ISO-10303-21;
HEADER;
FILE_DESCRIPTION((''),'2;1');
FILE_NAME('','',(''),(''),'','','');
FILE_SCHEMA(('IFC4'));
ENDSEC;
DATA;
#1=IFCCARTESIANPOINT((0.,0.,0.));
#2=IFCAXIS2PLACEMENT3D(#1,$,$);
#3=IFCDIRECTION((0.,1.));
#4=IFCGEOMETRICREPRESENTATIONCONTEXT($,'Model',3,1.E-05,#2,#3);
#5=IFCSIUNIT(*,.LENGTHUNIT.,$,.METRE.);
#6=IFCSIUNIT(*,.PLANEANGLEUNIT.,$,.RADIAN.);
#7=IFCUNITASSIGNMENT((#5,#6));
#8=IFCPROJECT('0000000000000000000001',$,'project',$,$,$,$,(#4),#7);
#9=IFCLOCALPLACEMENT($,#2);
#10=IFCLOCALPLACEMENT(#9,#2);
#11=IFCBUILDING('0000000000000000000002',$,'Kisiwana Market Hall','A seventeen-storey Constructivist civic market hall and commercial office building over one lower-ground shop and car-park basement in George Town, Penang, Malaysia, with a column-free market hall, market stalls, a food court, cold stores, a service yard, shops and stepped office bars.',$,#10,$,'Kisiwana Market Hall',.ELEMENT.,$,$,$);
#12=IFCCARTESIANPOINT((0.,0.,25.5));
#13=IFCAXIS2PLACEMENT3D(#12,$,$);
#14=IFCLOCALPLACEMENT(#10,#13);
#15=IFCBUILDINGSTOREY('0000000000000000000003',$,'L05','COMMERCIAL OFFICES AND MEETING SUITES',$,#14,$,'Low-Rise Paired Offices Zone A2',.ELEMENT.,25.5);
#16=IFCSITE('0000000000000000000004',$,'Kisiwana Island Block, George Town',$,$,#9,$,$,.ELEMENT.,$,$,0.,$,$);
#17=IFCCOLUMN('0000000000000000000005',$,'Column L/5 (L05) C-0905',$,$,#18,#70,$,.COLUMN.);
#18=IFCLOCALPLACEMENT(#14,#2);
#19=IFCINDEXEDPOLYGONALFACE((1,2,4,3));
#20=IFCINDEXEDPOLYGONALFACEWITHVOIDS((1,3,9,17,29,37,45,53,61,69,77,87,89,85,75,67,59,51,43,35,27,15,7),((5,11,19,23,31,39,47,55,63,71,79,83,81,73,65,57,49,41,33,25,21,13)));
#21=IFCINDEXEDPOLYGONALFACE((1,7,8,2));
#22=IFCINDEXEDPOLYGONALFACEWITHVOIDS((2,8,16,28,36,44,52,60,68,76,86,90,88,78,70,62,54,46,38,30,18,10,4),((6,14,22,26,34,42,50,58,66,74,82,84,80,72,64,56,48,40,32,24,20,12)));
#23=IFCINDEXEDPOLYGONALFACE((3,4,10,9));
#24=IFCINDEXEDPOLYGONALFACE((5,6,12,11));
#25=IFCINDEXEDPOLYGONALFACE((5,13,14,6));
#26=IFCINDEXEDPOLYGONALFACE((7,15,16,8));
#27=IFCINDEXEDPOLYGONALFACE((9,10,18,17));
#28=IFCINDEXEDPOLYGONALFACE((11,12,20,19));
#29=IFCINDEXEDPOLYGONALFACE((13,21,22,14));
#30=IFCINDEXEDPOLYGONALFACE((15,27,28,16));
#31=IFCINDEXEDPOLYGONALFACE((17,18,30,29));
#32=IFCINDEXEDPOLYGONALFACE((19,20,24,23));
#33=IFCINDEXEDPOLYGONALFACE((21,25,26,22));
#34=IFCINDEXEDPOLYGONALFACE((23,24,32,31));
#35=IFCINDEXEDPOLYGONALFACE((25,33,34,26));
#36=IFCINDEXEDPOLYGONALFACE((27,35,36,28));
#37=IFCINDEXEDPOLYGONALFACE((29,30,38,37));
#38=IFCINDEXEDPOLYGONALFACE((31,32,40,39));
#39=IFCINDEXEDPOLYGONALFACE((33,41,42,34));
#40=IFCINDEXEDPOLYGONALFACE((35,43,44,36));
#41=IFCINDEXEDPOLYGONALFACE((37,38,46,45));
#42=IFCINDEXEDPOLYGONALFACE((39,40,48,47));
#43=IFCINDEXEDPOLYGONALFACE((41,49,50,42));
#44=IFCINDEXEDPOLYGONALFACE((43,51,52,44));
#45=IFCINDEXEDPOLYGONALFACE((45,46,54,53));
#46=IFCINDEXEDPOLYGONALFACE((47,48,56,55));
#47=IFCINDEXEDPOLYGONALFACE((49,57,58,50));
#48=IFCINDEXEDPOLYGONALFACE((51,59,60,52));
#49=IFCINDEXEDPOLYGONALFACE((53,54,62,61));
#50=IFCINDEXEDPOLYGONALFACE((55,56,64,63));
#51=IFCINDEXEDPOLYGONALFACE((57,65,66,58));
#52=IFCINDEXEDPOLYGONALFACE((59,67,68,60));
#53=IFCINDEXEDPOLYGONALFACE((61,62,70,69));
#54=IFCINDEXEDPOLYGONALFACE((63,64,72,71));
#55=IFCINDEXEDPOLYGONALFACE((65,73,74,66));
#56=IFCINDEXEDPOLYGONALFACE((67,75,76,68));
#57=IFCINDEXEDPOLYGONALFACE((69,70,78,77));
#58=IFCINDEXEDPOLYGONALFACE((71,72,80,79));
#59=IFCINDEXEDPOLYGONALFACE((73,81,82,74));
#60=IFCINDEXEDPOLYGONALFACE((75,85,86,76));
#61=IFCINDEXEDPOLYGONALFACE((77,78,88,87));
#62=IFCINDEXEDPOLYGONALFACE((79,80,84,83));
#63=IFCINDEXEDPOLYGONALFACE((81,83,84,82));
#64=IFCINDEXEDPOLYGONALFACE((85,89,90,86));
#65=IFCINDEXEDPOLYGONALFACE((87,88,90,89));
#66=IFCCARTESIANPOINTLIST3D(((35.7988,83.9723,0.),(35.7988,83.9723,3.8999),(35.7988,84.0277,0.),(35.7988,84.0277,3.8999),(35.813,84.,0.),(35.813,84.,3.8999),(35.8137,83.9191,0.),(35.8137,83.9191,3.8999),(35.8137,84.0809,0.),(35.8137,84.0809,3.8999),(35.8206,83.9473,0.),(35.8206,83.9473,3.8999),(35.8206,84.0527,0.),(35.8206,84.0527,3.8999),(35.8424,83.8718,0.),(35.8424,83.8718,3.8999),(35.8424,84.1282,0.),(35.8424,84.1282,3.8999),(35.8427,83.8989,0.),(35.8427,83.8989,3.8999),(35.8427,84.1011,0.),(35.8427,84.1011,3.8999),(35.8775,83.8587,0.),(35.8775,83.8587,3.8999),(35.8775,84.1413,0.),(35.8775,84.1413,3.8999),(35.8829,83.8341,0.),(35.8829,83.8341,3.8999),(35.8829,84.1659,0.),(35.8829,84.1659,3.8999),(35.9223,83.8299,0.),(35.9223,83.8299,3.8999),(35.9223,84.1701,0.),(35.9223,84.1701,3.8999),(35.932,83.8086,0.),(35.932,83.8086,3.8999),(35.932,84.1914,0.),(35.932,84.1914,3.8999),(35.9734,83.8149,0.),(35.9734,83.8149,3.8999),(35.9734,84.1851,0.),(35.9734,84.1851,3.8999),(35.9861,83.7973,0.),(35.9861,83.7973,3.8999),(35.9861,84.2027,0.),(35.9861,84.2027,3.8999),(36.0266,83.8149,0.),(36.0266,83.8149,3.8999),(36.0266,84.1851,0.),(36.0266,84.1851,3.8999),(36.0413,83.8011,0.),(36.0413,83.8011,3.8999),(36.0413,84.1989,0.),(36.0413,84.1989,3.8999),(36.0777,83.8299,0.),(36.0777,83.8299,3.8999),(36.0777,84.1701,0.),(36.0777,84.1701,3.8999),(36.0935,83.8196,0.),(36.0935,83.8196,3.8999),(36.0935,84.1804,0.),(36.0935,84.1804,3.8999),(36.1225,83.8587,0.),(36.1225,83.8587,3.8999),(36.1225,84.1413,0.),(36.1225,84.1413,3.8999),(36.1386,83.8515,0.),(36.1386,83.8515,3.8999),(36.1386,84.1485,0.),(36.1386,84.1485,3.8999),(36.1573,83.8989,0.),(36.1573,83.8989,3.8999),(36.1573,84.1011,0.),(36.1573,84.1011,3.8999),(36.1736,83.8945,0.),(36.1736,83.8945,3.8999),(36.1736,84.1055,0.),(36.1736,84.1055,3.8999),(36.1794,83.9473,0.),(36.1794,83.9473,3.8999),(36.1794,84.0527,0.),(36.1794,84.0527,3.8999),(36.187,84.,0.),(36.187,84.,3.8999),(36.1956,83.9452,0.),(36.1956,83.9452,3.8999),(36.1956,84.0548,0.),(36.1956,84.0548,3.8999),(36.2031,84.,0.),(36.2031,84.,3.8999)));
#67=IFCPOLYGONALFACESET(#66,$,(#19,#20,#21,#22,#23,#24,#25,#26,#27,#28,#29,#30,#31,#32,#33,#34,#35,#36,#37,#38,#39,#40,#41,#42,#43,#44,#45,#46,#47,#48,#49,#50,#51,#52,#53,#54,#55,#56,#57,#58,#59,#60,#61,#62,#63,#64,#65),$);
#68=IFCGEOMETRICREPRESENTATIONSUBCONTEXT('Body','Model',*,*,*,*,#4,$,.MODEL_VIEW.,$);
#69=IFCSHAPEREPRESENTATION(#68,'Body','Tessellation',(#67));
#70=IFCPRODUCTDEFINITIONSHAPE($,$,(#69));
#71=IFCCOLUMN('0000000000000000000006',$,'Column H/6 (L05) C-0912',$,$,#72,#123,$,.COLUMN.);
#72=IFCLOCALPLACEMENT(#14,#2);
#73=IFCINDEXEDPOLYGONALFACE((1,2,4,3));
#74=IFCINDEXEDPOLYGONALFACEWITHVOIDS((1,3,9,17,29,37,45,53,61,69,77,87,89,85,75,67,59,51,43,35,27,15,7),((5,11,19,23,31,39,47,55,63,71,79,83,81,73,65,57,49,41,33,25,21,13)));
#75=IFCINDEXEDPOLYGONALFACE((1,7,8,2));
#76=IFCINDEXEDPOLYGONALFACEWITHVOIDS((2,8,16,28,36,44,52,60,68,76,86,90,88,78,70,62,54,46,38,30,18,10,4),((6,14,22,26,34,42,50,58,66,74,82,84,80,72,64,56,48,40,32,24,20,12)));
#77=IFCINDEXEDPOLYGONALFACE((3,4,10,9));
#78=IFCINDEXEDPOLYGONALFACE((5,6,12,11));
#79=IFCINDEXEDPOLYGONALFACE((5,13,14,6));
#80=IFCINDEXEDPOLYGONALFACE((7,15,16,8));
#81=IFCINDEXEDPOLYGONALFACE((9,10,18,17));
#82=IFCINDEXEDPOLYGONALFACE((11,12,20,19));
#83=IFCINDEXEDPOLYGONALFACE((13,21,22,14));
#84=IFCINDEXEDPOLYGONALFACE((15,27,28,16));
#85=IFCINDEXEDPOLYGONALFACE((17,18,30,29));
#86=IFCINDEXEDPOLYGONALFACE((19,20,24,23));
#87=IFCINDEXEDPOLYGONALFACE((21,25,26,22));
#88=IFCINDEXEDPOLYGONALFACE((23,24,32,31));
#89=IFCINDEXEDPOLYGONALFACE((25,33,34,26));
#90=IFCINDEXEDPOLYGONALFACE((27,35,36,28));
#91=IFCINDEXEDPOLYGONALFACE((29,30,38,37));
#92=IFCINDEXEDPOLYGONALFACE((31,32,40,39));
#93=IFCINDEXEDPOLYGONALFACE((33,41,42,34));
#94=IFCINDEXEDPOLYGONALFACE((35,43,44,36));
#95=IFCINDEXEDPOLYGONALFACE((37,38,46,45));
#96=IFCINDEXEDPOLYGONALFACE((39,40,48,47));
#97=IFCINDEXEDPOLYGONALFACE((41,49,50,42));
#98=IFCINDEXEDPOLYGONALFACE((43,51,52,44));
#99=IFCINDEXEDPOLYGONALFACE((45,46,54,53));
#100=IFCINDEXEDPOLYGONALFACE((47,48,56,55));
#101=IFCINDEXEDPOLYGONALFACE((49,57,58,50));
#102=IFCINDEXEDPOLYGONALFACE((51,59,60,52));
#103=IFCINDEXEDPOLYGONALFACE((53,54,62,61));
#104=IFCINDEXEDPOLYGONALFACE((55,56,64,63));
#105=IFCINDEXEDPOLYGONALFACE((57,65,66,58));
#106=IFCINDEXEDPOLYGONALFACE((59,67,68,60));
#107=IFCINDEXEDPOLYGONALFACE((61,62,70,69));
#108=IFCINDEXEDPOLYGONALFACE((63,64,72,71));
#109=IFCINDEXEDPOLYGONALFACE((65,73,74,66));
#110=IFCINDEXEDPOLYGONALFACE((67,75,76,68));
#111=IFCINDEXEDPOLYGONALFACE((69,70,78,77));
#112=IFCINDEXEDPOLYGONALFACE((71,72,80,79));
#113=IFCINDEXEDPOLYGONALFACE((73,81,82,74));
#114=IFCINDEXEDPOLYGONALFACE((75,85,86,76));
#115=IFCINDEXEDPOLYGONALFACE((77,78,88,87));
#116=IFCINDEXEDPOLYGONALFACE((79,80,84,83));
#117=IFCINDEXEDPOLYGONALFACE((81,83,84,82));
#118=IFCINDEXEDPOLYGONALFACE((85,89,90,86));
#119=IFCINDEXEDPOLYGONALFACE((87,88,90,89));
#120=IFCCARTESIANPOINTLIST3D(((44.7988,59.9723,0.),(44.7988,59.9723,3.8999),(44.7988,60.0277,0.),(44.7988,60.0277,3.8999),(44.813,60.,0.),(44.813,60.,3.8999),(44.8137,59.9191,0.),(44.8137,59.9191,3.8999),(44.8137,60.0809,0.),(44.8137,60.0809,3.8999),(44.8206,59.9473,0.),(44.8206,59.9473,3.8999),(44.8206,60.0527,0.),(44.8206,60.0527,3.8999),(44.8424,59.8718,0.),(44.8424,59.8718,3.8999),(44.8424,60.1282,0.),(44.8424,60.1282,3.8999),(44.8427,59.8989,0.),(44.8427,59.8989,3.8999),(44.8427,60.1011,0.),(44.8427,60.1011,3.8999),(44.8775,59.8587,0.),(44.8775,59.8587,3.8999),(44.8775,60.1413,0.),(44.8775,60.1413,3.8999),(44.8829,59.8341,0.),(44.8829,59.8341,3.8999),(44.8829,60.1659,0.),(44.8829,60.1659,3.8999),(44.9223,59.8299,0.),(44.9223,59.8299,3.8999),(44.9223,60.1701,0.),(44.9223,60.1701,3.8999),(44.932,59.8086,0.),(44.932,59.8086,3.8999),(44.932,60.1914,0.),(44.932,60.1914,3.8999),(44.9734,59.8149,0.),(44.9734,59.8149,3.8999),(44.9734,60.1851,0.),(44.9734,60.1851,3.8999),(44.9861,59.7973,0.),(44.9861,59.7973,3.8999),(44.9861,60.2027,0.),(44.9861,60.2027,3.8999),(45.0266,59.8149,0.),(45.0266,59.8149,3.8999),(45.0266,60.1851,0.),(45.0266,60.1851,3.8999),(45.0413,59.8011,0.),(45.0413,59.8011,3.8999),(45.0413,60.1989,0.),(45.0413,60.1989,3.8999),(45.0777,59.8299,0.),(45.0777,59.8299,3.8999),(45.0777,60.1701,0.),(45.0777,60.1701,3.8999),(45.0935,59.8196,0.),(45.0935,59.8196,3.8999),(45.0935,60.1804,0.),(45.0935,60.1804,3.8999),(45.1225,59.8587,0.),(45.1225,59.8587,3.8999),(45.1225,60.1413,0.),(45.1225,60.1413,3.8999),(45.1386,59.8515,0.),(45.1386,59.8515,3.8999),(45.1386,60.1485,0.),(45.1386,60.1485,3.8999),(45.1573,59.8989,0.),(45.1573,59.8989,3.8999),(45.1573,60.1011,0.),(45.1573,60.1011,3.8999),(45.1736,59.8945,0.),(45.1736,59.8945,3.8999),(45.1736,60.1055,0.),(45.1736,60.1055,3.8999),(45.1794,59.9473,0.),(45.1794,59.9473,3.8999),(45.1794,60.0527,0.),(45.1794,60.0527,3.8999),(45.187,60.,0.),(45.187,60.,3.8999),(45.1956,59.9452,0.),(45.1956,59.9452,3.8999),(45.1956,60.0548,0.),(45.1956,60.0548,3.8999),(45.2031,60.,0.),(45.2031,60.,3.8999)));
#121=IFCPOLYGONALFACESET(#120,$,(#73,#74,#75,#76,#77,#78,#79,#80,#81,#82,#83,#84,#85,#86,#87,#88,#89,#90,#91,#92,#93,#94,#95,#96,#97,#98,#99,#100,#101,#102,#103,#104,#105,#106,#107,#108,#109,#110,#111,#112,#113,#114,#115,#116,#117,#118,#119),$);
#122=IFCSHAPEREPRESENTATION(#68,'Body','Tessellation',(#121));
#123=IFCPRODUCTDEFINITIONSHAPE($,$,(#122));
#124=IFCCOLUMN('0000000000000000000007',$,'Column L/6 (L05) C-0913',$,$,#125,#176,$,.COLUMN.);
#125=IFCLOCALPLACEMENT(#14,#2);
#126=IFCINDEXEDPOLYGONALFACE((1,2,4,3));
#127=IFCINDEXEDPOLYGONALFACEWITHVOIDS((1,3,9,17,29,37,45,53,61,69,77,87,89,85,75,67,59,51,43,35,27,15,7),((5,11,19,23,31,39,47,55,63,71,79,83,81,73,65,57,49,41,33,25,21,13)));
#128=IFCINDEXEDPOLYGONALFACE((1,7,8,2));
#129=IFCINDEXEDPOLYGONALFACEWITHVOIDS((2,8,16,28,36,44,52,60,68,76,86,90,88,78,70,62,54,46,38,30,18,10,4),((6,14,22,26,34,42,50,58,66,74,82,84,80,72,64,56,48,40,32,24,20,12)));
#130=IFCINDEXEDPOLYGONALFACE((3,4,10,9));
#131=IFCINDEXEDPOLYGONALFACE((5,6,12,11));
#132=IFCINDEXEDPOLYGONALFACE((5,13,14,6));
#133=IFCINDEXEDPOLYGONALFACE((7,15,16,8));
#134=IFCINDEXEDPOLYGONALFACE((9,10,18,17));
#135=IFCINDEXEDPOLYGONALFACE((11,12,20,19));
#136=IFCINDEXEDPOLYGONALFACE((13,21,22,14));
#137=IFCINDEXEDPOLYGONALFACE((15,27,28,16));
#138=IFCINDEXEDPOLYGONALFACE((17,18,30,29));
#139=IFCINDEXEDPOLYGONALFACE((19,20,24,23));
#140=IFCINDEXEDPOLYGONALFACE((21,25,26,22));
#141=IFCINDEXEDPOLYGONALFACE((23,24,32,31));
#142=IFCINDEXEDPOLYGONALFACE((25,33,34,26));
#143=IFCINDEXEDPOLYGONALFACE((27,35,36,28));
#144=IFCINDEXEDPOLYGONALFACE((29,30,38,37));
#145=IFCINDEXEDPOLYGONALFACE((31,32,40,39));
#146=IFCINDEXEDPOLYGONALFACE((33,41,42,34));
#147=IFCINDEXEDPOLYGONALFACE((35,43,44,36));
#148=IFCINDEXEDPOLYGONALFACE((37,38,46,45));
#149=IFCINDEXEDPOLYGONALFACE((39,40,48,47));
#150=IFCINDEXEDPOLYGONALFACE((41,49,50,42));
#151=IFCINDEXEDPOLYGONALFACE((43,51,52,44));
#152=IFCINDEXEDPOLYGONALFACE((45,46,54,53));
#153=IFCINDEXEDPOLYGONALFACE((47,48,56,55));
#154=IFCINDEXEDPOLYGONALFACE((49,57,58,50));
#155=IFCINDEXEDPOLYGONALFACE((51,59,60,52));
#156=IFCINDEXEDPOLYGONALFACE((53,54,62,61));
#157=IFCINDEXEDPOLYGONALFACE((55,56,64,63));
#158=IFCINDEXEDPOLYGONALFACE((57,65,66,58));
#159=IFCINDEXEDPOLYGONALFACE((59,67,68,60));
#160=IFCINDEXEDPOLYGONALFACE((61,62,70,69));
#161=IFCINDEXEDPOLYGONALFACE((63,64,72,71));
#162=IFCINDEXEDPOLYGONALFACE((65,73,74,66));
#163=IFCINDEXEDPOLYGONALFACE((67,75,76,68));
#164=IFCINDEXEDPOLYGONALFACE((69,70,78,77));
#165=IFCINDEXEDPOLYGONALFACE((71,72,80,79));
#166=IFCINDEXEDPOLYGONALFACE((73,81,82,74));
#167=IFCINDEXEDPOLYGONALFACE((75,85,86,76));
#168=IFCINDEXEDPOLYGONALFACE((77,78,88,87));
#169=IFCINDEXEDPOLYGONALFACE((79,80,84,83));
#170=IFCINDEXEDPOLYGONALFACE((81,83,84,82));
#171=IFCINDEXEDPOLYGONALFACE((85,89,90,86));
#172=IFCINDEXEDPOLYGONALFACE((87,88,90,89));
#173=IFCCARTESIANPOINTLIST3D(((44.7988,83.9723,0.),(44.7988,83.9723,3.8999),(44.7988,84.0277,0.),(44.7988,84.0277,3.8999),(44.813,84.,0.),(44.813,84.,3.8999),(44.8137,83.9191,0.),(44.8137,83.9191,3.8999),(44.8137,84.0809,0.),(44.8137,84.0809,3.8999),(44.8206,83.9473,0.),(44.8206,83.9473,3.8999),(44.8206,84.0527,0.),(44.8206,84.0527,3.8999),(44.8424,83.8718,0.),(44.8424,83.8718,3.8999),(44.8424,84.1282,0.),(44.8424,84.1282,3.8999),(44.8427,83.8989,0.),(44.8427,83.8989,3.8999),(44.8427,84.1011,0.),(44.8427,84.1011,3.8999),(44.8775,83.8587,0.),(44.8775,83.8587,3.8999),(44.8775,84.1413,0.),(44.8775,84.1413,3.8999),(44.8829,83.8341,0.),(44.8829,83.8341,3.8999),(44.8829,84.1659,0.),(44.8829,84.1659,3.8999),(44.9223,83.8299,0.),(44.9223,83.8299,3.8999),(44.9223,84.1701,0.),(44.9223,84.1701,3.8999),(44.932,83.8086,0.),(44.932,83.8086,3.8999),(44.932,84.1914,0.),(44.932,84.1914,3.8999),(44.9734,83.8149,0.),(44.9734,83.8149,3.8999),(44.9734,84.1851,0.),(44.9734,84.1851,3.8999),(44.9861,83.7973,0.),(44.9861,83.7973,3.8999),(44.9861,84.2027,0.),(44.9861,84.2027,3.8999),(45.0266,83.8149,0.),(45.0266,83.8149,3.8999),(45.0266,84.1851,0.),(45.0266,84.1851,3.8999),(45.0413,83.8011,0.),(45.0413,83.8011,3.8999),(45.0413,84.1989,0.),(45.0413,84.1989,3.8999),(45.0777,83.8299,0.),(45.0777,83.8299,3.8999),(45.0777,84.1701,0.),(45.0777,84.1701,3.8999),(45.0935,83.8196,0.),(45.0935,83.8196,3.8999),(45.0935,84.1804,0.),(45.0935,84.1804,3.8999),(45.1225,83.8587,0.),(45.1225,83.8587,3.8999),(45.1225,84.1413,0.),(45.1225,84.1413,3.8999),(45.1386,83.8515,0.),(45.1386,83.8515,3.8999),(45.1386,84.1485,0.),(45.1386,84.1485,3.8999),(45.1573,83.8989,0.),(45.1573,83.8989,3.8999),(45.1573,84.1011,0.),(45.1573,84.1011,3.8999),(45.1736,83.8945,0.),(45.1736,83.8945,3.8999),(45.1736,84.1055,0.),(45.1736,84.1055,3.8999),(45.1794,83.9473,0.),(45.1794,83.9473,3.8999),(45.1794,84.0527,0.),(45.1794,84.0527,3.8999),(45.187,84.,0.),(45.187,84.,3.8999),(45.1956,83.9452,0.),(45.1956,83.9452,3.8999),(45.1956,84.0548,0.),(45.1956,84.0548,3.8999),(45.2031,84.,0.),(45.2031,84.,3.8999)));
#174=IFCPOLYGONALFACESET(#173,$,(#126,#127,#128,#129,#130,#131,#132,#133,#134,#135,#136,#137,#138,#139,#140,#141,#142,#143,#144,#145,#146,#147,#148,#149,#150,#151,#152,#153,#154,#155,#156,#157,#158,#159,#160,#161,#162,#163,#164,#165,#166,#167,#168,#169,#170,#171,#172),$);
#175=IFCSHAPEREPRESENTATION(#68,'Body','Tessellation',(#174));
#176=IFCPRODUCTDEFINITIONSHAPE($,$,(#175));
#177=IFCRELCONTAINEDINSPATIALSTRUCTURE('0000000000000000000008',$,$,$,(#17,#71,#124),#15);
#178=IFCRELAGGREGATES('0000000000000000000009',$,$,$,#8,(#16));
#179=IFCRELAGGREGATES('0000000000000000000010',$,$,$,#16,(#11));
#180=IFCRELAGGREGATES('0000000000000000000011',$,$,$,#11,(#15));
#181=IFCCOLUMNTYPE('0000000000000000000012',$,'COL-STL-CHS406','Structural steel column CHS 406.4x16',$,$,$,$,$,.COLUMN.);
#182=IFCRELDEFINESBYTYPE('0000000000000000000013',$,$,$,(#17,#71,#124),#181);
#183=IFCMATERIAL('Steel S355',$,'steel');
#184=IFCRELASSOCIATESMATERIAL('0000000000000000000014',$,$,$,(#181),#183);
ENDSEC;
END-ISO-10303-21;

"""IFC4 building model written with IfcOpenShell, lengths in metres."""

from ifc_helpers import new_model, si_unit, direction, frame, origin, origin_2d, place, context, subcontext, project, spatial, hollow_circle, extrude, material, material_profile, profile_set, type_object, element, save


model = new_model("IFC4")

# Units and contexts
model_context = context("Model", 3, precision=1e-05, world=origin(), true_north=direction((0.0, 1.0)))
body_context = subcontext(model_context, "Body", "Model", "MODEL_VIEW")
ifc_project = project(units=[si_unit("LENGTHUNIT", "METRE"), si_unit("PLANEANGLEUNIT", "RADIAN")], contexts=[model_context])

# Site, building, storey
site_placement = place(None, origin())
site = spatial("IfcSite", under=ifc_project, at=site_placement, Name="Kisiwana Island Block, George Town", CompositionType="ELEMENT", RefElevation=0.0)
building_placement = place(site_placement, origin())
building = spatial("IfcBuilding", under=site, at=building_placement, Name="Kisiwana Market Hall", Description="A seventeen-storey Constructivist civic market hall and commercial office building over one lower-ground shop and car-park basement in George Town, Penang, Malaysia, with a column-free market hall, market stalls, a food court, cold stores, a service yard, shops and stepped office bars.", LongName="Kisiwana Market Hall", CompositionType="ELEMENT")
storey_placement = place(building_placement, frame((0.0, 0.0, 25.5)))
storey = spatial("IfcBuildingStorey", under=building, at=storey_placement, Name="L05", Description="COMMERCIAL OFFICES AND MEETING SUITES", LongName="Low-Rise Paired Offices Zone A2", CompositionType="ELEMENT", Elevation=25.5)

# Columns
ifc_material_1 = material(Name="Steel S355", Category="steel")
ifc_material_profile_1 = material_profile(ifc_material_1, hollow_circle(Radius=0.2031, WallThickness=0.0161, at=origin_2d()), Name="CHS 406.4x16")
ifc_profile_set_1 = profile_set([ifc_material_profile_1], Name="Steel S355")
column_type = type_object("IfcColumnType", Name="COL-STL-CHS406", Description="Structural steel column CHS 406.4x16", PredefinedType="COLUMN", material=ifc_profile_set_1)
for number, where, z_axis, x_axis, name in (
    (1, (36.0, 84.0, 0.0), (0.0, 0.0, 1.0), (1.0, 0.0, 0.0), "Column L/5 (L05) C-0905"),
    (2, (45.0, 60.0, 0.0), (0.0, 0.0, 1.0), (1.0, 0.0, 0.0), "Column H/6 (L05) C-0912"),
    (3, (45.0, 84.0, 0.0), (0.0, 0.0, 1.0), (1.0, 0.0, 0.0), "Column L/6 (L05) C-0913"),
):
    element("IfcColumn", number, at=place(storey_placement, frame(where, z_axis=z_axis, x_axis=x_axis)), inside=storey, type_object=column_type, Name=name, PredefinedType="COLUMN", context=body_context, shape_type="SweptSolid", body=[
        extrude(hollow_circle(Radius=0.2031, WallThickness=0.0161, at=origin_2d()), origin(), (0.0, 0.0, 1.0), 3.8999),
    ])

save(model, "model.ifc")
